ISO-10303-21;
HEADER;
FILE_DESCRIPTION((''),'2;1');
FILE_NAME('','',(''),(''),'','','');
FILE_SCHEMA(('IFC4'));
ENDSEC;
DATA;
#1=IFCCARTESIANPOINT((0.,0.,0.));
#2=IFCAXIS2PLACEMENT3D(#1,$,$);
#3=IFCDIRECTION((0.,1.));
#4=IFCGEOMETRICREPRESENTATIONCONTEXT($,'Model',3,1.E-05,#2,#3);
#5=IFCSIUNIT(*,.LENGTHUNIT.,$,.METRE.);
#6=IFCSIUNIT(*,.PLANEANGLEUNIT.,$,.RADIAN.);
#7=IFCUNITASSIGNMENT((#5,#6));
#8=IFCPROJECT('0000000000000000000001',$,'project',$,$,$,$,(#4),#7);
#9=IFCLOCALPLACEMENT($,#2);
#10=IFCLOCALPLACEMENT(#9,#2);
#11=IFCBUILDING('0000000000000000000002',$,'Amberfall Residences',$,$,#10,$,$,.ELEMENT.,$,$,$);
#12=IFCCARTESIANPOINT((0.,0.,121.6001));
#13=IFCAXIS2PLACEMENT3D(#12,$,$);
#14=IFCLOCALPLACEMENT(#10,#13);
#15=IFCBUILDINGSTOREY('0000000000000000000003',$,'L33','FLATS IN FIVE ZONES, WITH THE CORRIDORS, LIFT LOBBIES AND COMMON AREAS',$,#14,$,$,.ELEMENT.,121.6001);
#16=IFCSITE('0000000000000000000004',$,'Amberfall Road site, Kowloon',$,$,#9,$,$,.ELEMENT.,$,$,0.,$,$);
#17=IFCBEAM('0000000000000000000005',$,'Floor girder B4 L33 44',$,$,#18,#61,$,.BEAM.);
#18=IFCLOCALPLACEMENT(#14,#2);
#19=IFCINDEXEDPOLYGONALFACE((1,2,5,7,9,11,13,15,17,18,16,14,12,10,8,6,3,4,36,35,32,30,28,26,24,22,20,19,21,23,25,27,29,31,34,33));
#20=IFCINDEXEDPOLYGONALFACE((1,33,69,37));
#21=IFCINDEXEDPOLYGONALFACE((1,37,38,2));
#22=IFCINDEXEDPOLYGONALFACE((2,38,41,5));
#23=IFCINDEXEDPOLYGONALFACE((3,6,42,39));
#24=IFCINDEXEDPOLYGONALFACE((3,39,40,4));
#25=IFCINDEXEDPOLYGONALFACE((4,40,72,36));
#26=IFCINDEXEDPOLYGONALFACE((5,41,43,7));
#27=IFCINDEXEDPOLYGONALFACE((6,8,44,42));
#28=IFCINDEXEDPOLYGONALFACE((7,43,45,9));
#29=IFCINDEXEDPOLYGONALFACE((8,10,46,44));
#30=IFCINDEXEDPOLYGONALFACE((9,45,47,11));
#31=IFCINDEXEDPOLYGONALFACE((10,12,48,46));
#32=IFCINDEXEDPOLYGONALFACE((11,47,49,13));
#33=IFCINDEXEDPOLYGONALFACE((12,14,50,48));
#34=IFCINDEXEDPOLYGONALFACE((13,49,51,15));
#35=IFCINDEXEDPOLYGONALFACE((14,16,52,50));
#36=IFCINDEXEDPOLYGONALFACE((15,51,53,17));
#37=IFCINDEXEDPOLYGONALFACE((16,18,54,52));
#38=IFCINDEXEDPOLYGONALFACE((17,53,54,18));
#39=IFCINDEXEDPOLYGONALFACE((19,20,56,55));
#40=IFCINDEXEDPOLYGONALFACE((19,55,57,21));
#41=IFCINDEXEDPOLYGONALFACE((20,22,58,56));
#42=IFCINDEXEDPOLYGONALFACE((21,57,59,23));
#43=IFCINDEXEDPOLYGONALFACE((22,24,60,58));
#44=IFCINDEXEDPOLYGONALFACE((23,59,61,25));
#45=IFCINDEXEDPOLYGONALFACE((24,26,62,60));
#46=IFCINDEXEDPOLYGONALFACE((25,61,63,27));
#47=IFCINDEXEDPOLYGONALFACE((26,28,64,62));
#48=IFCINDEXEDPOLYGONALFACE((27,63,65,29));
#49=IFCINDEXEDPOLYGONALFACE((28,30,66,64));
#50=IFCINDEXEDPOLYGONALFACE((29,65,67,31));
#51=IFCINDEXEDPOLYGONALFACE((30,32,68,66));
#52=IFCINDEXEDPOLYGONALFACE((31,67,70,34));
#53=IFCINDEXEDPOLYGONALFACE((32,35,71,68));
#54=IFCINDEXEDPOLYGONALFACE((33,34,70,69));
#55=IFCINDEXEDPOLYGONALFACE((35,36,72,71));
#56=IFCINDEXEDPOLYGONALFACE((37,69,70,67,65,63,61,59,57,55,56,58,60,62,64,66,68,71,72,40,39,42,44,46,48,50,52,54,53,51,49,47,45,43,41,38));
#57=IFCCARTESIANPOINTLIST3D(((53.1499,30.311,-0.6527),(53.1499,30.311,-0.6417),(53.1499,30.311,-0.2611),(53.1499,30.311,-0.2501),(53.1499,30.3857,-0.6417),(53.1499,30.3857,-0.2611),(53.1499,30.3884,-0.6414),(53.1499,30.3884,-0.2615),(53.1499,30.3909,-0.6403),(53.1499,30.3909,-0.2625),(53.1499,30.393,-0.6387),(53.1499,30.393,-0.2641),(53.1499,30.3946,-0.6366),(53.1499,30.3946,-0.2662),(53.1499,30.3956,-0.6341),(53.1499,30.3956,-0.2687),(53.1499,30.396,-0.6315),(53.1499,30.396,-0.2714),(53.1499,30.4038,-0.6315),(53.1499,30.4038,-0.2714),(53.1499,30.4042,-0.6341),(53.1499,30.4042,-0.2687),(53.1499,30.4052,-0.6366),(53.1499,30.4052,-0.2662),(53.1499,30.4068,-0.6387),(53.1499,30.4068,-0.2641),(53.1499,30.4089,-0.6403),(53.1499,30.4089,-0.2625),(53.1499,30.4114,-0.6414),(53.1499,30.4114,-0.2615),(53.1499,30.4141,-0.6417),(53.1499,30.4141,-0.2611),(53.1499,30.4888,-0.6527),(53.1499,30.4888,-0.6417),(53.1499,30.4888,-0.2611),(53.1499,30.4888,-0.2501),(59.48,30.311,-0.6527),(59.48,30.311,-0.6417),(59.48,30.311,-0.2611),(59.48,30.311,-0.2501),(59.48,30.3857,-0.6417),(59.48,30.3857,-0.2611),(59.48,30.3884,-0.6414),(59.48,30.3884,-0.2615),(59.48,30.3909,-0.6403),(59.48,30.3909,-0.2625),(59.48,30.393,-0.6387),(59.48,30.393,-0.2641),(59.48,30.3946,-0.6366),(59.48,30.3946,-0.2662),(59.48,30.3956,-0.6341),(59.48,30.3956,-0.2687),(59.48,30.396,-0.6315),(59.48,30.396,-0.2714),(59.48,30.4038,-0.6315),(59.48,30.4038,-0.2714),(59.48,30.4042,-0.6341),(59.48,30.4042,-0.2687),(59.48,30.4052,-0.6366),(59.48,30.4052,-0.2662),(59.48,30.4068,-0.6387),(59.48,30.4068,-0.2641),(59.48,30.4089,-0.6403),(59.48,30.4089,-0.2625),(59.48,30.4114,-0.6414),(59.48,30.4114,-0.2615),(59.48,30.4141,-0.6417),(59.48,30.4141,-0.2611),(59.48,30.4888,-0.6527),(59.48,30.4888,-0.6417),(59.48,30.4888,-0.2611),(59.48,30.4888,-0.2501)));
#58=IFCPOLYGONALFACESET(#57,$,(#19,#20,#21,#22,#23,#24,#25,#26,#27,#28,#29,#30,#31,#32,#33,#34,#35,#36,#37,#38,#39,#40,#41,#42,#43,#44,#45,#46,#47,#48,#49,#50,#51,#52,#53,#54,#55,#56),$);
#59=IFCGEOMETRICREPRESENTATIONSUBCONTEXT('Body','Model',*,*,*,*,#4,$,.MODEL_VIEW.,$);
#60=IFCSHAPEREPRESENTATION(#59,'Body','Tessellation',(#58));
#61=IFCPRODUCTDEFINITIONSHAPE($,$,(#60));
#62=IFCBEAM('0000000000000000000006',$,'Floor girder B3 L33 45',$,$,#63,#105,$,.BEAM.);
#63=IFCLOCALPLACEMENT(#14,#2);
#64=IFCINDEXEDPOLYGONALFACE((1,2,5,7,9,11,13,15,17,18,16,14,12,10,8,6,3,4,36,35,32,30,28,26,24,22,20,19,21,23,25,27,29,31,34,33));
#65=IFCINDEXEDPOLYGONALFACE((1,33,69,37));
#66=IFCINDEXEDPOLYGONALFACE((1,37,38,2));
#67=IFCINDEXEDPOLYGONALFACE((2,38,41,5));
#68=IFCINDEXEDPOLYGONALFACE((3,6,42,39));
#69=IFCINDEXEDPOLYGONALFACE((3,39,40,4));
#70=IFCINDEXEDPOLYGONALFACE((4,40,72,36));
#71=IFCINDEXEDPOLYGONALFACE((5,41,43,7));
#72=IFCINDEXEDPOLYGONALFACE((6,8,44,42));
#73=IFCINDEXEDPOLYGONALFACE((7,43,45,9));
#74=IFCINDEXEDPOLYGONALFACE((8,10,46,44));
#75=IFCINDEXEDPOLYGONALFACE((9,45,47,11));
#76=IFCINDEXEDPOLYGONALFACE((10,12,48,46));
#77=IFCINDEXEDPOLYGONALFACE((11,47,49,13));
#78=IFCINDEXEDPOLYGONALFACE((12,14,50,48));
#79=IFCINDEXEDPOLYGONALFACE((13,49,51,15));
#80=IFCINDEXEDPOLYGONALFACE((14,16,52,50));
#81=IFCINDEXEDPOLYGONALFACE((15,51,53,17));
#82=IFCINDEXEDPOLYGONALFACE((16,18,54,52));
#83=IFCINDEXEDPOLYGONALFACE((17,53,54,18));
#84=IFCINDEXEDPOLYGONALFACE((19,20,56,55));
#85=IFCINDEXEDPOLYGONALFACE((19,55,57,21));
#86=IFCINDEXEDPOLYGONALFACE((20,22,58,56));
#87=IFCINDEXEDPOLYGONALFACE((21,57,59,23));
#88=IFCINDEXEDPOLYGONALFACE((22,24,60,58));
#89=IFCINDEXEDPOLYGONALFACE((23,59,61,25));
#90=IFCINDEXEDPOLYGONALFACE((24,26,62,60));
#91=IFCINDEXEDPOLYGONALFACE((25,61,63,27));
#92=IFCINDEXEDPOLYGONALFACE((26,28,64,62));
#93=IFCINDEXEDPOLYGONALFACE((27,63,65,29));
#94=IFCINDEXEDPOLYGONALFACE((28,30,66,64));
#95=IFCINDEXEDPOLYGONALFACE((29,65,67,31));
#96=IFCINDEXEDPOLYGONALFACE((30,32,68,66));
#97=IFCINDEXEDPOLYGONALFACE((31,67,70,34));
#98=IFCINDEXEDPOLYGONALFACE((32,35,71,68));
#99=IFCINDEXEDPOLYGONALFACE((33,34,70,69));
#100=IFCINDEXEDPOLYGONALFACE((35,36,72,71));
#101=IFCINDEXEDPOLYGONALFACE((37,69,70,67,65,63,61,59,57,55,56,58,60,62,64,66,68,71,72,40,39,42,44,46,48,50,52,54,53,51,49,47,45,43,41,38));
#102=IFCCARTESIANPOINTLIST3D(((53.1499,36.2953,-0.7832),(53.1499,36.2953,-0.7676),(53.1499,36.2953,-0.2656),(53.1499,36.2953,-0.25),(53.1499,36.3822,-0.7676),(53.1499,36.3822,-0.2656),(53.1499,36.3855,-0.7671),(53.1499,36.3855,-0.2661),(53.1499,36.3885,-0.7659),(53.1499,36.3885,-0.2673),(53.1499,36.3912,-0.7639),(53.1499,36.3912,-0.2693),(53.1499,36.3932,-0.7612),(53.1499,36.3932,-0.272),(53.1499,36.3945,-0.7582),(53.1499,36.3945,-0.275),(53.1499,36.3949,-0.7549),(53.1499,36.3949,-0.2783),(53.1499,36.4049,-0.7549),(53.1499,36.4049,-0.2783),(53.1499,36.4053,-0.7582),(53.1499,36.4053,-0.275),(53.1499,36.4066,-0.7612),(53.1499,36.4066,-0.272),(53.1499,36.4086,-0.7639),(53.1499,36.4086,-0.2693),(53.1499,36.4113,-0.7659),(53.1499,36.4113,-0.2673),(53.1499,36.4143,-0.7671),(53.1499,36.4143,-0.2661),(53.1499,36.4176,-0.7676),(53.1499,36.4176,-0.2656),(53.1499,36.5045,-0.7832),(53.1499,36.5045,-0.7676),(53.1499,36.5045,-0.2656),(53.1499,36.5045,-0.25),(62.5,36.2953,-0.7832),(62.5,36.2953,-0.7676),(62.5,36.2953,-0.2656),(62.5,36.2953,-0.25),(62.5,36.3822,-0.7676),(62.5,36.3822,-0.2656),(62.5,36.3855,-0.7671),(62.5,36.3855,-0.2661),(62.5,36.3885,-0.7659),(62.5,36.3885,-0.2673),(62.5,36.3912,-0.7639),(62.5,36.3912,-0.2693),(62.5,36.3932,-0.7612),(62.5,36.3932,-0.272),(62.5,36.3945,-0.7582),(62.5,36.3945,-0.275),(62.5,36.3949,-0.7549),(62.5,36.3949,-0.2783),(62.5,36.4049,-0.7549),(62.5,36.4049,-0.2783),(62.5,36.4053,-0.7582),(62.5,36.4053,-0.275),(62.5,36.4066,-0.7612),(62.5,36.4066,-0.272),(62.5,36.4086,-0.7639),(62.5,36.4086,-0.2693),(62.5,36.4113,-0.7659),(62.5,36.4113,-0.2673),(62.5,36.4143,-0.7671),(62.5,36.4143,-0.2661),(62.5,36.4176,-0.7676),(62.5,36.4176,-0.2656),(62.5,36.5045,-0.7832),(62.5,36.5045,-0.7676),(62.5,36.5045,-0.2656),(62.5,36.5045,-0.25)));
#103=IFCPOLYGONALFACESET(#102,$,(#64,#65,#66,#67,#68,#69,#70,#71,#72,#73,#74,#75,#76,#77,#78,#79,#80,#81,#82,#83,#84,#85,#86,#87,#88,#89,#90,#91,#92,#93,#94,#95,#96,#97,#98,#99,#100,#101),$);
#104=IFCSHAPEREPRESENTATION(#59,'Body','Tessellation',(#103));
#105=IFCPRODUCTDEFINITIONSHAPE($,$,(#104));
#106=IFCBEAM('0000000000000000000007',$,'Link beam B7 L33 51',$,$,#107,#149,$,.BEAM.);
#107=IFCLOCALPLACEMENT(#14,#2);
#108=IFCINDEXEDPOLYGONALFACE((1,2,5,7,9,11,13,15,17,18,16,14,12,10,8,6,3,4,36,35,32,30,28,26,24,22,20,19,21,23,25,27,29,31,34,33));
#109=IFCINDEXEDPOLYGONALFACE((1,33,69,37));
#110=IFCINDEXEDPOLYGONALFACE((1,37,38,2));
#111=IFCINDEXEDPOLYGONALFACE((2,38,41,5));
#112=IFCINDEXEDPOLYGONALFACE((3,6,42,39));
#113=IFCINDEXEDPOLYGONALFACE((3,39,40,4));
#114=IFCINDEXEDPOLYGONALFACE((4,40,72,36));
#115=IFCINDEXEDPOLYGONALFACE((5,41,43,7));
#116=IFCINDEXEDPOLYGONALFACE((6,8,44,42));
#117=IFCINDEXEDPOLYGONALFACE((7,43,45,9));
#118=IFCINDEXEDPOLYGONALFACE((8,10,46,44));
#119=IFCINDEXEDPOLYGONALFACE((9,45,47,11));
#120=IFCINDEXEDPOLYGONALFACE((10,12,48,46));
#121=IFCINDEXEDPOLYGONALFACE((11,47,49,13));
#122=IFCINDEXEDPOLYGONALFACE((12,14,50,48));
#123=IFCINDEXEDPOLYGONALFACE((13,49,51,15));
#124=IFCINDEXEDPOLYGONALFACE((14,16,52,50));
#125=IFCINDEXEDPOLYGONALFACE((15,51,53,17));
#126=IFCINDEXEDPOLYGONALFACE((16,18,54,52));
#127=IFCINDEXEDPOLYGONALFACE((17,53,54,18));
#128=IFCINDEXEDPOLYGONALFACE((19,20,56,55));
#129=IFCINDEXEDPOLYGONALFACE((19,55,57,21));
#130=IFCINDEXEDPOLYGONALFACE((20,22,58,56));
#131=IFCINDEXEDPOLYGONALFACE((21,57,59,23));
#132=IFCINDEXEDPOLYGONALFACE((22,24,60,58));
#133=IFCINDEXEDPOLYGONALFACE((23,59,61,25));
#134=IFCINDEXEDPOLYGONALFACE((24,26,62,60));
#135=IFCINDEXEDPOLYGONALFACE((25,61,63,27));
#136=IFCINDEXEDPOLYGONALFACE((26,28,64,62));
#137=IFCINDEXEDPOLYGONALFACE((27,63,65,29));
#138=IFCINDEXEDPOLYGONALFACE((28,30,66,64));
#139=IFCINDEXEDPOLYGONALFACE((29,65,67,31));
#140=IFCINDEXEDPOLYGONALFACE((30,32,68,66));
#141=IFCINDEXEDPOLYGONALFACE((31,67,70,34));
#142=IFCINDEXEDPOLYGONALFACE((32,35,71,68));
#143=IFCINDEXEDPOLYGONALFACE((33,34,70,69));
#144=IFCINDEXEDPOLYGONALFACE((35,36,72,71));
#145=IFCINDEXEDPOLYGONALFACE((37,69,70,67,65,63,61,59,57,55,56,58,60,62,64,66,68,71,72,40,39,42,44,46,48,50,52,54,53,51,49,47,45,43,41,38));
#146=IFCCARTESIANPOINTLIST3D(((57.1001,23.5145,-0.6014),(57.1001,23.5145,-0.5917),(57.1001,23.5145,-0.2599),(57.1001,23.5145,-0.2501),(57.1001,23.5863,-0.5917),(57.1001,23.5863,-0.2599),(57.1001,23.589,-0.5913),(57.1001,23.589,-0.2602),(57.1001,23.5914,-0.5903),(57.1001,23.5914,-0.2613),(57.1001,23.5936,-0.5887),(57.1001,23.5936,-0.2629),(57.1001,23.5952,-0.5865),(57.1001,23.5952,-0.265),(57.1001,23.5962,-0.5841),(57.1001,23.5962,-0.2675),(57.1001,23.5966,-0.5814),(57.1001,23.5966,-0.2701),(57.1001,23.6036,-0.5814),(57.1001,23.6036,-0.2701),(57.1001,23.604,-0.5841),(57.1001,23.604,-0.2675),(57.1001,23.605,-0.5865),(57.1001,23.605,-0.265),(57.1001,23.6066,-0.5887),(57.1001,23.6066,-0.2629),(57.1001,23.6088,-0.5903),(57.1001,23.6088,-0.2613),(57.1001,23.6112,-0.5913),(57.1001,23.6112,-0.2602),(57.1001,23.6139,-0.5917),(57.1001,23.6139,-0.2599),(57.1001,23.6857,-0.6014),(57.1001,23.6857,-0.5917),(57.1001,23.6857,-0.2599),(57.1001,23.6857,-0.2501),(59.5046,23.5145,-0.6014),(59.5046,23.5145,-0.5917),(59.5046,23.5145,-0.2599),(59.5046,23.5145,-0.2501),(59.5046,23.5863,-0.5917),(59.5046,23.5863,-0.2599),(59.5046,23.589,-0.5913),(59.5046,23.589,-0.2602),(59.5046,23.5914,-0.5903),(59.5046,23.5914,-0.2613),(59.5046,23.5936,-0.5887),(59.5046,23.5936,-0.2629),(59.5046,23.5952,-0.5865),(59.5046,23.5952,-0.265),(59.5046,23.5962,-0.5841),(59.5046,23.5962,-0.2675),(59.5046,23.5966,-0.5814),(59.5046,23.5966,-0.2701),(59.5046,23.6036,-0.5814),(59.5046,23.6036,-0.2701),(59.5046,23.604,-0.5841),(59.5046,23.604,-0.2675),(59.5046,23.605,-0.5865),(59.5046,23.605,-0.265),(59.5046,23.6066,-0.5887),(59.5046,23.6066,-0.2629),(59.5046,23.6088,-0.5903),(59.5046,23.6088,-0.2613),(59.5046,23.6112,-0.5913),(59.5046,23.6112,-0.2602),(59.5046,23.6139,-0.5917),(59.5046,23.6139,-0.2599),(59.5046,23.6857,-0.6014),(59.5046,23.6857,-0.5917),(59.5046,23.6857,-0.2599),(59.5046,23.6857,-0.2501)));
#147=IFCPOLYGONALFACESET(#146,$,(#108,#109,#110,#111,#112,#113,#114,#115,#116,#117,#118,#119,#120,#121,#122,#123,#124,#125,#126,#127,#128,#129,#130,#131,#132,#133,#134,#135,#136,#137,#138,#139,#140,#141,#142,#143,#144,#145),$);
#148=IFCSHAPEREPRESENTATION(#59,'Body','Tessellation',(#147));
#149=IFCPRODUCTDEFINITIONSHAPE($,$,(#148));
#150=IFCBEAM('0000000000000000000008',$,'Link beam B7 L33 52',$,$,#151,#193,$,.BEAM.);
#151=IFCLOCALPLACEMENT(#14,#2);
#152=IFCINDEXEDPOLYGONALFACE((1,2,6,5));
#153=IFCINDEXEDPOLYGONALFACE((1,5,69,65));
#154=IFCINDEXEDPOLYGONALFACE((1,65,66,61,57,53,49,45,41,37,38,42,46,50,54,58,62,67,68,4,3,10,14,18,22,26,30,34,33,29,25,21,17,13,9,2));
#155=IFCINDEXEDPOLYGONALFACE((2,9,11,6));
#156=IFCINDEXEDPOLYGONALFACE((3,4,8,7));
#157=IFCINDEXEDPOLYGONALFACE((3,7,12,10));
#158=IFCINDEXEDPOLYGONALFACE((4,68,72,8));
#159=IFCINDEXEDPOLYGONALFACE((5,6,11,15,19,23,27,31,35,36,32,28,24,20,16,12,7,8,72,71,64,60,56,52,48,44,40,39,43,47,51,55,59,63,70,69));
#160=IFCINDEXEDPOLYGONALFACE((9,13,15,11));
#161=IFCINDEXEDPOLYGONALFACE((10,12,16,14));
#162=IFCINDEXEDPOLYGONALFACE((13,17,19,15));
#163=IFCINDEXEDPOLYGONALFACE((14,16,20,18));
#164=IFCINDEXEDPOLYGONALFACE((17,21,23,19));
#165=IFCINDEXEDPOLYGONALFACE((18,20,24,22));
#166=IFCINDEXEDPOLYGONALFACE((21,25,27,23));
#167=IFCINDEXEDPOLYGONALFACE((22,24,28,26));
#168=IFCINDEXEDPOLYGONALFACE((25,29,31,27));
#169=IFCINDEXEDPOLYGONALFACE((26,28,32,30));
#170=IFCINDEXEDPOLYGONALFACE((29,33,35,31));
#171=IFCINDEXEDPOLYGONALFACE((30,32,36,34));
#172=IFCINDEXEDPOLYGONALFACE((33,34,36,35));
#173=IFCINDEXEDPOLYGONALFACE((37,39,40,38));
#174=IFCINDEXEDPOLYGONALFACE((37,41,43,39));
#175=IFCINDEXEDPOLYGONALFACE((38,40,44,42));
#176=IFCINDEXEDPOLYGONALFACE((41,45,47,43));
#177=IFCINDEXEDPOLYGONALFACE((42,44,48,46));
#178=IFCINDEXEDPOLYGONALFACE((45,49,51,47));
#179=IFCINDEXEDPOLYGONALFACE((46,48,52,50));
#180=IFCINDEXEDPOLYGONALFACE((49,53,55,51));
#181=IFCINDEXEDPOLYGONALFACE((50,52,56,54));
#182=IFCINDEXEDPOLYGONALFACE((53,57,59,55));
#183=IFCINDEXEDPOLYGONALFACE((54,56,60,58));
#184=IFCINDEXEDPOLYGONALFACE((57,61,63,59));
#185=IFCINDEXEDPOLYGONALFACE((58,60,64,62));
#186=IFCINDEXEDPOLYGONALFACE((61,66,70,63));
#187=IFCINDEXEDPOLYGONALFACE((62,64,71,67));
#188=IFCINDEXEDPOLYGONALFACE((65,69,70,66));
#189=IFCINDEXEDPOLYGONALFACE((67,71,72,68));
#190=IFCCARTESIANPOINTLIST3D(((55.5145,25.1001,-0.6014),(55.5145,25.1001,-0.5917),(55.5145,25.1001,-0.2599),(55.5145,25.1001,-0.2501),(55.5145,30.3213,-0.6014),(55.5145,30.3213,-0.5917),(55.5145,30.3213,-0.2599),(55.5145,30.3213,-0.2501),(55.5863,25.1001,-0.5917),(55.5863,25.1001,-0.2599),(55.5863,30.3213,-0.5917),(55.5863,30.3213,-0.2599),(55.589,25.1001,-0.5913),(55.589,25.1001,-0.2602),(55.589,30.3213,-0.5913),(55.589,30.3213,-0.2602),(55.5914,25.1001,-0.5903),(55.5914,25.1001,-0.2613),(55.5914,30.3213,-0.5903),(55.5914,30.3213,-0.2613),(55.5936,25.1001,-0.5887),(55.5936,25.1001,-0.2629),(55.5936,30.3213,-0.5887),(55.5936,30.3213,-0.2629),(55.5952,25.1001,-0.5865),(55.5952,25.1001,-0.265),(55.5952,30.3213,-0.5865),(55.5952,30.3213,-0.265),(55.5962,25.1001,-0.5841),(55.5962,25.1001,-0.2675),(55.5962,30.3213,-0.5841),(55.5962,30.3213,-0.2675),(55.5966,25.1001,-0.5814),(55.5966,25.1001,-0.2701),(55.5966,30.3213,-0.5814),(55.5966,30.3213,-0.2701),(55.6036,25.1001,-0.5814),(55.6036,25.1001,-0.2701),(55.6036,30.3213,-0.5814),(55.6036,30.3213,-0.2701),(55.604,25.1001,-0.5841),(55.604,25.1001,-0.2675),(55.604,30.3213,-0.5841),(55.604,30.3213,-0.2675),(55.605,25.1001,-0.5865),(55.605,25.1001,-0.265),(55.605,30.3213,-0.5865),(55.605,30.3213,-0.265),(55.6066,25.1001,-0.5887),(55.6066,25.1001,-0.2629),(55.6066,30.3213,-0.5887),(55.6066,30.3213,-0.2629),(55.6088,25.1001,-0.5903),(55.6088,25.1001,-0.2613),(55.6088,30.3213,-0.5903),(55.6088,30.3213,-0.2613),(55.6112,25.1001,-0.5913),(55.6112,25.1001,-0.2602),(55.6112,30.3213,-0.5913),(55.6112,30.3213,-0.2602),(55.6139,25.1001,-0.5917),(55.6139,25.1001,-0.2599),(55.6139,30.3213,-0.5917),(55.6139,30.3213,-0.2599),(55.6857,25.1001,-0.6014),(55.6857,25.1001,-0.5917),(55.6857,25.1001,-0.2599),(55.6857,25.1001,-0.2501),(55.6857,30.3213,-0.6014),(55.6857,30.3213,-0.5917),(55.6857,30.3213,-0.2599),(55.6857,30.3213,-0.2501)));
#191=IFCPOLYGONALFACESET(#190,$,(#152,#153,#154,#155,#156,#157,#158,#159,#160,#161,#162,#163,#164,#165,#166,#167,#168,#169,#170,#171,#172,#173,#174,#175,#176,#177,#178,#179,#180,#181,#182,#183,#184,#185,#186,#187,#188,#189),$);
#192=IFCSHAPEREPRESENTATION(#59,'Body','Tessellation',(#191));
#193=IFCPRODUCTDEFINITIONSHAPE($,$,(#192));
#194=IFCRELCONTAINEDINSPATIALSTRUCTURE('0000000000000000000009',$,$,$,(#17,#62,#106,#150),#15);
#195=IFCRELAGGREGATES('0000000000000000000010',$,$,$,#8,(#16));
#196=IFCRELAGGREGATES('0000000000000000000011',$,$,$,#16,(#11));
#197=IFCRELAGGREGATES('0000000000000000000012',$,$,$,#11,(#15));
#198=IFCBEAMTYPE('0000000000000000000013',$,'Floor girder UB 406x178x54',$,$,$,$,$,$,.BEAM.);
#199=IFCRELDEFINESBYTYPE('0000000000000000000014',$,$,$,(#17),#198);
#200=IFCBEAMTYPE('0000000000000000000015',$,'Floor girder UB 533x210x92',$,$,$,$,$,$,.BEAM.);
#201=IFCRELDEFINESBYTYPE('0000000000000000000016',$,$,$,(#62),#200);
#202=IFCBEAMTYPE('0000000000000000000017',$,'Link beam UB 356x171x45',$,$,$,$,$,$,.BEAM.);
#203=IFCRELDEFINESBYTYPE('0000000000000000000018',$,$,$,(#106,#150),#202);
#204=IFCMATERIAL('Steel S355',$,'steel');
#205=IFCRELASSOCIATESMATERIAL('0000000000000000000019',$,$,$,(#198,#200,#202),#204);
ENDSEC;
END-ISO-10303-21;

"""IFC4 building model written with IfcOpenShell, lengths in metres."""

from ifc_helpers import new_model, si_unit, direction, frame, origin, origin_2d, place, context, subcontext, project, spatial, i_section, extrude, material, material_profile, profile_set, type_object, element, save


model = new_model("IFC4")

# Units and contexts
model_context = context("Model", 3, precision=1e-05, world=origin(), true_north=direction((0.0, 1.0)))
body_context = subcontext(model_context, "Body", "Model", "MODEL_VIEW")
ifc_project = project(units=[si_unit("LENGTHUNIT", "METRE"), si_unit("PLANEANGLEUNIT", "RADIAN")], contexts=[model_context])

# Site, building, storey
site_placement = place(None, origin())
site = spatial("IfcSite", under=ifc_project, at=site_placement, Name="Amberfall Road site, Kowloon", CompositionType="ELEMENT", RefElevation=0.0)
building_placement = place(site_placement, origin())
building = spatial("IfcBuilding", under=site, at=building_placement, Name="Amberfall Residences", CompositionType="ELEMENT")
storey_placement = place(building_placement, frame((0.0, 0.0, 121.6001)))
storey = spatial("IfcBuildingStorey", under=building, at=storey_placement, Name="L33", Description="FLATS IN FIVE ZONES, WITH THE CORRIDORS, LIFT LOBBIES AND COMMON AREAS", CompositionType="ELEMENT", Elevation=121.6001)

# Beams
ifc_material_1 = material(Name="Steel S355", Category="steel")
ifc_material_profile_1 = material_profile(ifc_material_1, i_section(OverallWidth=0.1777, OverallDepth=0.4026, WebThickness=0.0078, FlangeThickness=0.011, FilletRadius=0.0103, at=origin_2d()), Name="UB 406x178x54")
ifc_profile_set_1 = profile_set([ifc_material_profile_1], Name="Steel S355")
beam_type_1 = type_object("IfcBeamType", Name="Floor girder UB 406x178x54", PredefinedType="BEAM", material=ifc_profile_set_1)
beam_1_placement = place(storey_placement, frame((53.1499, 30.3999, -0.4514), z_axis=(1.0, 0.0, 0.0), x_axis=(0.0, 1.0, 0.0)))
element("IfcBeam", 1, at=beam_1_placement, inside=storey, type_object=beam_type_1, Name="Floor girder B4 L33 44", PredefinedType="BEAM", context=body_context, shape_type="SweptSolid", body=[
    extrude(i_section(OverallWidth=0.1777, OverallDepth=0.4026, WebThickness=0.0078, FlangeThickness=0.011, FilletRadius=0.0103, at=origin_2d()), origin(), (0.0, 0.0, 1.0), 6.3301),
])
ifc_material_profile_2 = material_profile(ifc_material_1, i_section(OverallWidth=0.2092, OverallDepth=0.5332, WebThickness=0.01, FlangeThickness=0.0156, FilletRadius=0.0127, at=origin_2d()), Name="UB 533x210x92")
ifc_profile_set_2 = profile_set([ifc_material_profile_2], Name="Steel S355")
beam_type_2 = type_object("IfcBeamType", Name="Floor girder UB 533x210x92", PredefinedType="BEAM", material=ifc_profile_set_2)
beam_2_placement = place(storey_placement, frame((53.1499, 36.3999, -0.5166), z_axis=(1.0, 0.0, 0.0), x_axis=(0.0, 1.0, 0.0)))
element("IfcBeam", 2, at=beam_2_placement, inside=storey, type_object=beam_type_2, Name="Floor girder B3 L33 45", PredefinedType="BEAM", context=body_context, shape_type="SweptSolid", body=[
    extrude(i_section(OverallWidth=0.2092, OverallDepth=0.5332, WebThickness=0.01, FlangeThickness=0.0156, FilletRadius=0.0127, at=origin_2d()), origin(), (0.0, 0.0, 1.0), 9.3501),
])
ifc_material_profile_3 = material_profile(ifc_material_1, i_section(OverallWidth=0.1711, OverallDepth=0.3513, WebThickness=0.0071, FlangeThickness=0.0098, FilletRadius=0.0103, at=origin_2d()), Name="UB 356x171x45")
ifc_profile_set_3 = profile_set([ifc_material_profile_3], Name="Steel S355")
beam_type_3 = type_object("IfcBeamType", Name="Link beam UB 356x171x45", PredefinedType="BEAM", material=ifc_profile_set_3)
beam_3_placement = place(storey_placement, frame((57.1001, 23.6001, -0.4258), z_axis=(1.0, 0.0, 0.0), x_axis=(0.0, 1.0, 0.0)))
element("IfcBeam", 3, at=beam_3_placement, inside=storey, type_object=beam_type_3, Name="Link beam B7 L33 51", PredefinedType="BEAM", context=body_context, shape_type="SweptSolid", body=[
    extrude(i_section(OverallWidth=0.1711, OverallDepth=0.3513, WebThickness=0.0071, FlangeThickness=0.0098, FilletRadius=0.0103, at=origin_2d()), origin(), (0.0, 0.0, 1.0), 2.4045),
])
beam_4_placement = place(storey_placement, frame((55.6001, 25.1001, -0.4258), z_axis=(0.0, 1.0, 0.0), x_axis=(-1.0, 0.0, 0.0)))
element("IfcBeam", 4, at=beam_4_placement, inside=storey, type_object=beam_type_3, Name="Link beam B7 L33 52", PredefinedType="BEAM", context=body_context, shape_type="SweptSolid", body=[
    extrude(i_section(OverallWidth=0.1711, OverallDepth=0.3513, WebThickness=0.0071, FlangeThickness=0.0098, FilletRadius=0.0103, at=origin_2d()), origin(), (0.0, 0.0, 1.0), 5.2212),
])

save(model, "model.ifc")
